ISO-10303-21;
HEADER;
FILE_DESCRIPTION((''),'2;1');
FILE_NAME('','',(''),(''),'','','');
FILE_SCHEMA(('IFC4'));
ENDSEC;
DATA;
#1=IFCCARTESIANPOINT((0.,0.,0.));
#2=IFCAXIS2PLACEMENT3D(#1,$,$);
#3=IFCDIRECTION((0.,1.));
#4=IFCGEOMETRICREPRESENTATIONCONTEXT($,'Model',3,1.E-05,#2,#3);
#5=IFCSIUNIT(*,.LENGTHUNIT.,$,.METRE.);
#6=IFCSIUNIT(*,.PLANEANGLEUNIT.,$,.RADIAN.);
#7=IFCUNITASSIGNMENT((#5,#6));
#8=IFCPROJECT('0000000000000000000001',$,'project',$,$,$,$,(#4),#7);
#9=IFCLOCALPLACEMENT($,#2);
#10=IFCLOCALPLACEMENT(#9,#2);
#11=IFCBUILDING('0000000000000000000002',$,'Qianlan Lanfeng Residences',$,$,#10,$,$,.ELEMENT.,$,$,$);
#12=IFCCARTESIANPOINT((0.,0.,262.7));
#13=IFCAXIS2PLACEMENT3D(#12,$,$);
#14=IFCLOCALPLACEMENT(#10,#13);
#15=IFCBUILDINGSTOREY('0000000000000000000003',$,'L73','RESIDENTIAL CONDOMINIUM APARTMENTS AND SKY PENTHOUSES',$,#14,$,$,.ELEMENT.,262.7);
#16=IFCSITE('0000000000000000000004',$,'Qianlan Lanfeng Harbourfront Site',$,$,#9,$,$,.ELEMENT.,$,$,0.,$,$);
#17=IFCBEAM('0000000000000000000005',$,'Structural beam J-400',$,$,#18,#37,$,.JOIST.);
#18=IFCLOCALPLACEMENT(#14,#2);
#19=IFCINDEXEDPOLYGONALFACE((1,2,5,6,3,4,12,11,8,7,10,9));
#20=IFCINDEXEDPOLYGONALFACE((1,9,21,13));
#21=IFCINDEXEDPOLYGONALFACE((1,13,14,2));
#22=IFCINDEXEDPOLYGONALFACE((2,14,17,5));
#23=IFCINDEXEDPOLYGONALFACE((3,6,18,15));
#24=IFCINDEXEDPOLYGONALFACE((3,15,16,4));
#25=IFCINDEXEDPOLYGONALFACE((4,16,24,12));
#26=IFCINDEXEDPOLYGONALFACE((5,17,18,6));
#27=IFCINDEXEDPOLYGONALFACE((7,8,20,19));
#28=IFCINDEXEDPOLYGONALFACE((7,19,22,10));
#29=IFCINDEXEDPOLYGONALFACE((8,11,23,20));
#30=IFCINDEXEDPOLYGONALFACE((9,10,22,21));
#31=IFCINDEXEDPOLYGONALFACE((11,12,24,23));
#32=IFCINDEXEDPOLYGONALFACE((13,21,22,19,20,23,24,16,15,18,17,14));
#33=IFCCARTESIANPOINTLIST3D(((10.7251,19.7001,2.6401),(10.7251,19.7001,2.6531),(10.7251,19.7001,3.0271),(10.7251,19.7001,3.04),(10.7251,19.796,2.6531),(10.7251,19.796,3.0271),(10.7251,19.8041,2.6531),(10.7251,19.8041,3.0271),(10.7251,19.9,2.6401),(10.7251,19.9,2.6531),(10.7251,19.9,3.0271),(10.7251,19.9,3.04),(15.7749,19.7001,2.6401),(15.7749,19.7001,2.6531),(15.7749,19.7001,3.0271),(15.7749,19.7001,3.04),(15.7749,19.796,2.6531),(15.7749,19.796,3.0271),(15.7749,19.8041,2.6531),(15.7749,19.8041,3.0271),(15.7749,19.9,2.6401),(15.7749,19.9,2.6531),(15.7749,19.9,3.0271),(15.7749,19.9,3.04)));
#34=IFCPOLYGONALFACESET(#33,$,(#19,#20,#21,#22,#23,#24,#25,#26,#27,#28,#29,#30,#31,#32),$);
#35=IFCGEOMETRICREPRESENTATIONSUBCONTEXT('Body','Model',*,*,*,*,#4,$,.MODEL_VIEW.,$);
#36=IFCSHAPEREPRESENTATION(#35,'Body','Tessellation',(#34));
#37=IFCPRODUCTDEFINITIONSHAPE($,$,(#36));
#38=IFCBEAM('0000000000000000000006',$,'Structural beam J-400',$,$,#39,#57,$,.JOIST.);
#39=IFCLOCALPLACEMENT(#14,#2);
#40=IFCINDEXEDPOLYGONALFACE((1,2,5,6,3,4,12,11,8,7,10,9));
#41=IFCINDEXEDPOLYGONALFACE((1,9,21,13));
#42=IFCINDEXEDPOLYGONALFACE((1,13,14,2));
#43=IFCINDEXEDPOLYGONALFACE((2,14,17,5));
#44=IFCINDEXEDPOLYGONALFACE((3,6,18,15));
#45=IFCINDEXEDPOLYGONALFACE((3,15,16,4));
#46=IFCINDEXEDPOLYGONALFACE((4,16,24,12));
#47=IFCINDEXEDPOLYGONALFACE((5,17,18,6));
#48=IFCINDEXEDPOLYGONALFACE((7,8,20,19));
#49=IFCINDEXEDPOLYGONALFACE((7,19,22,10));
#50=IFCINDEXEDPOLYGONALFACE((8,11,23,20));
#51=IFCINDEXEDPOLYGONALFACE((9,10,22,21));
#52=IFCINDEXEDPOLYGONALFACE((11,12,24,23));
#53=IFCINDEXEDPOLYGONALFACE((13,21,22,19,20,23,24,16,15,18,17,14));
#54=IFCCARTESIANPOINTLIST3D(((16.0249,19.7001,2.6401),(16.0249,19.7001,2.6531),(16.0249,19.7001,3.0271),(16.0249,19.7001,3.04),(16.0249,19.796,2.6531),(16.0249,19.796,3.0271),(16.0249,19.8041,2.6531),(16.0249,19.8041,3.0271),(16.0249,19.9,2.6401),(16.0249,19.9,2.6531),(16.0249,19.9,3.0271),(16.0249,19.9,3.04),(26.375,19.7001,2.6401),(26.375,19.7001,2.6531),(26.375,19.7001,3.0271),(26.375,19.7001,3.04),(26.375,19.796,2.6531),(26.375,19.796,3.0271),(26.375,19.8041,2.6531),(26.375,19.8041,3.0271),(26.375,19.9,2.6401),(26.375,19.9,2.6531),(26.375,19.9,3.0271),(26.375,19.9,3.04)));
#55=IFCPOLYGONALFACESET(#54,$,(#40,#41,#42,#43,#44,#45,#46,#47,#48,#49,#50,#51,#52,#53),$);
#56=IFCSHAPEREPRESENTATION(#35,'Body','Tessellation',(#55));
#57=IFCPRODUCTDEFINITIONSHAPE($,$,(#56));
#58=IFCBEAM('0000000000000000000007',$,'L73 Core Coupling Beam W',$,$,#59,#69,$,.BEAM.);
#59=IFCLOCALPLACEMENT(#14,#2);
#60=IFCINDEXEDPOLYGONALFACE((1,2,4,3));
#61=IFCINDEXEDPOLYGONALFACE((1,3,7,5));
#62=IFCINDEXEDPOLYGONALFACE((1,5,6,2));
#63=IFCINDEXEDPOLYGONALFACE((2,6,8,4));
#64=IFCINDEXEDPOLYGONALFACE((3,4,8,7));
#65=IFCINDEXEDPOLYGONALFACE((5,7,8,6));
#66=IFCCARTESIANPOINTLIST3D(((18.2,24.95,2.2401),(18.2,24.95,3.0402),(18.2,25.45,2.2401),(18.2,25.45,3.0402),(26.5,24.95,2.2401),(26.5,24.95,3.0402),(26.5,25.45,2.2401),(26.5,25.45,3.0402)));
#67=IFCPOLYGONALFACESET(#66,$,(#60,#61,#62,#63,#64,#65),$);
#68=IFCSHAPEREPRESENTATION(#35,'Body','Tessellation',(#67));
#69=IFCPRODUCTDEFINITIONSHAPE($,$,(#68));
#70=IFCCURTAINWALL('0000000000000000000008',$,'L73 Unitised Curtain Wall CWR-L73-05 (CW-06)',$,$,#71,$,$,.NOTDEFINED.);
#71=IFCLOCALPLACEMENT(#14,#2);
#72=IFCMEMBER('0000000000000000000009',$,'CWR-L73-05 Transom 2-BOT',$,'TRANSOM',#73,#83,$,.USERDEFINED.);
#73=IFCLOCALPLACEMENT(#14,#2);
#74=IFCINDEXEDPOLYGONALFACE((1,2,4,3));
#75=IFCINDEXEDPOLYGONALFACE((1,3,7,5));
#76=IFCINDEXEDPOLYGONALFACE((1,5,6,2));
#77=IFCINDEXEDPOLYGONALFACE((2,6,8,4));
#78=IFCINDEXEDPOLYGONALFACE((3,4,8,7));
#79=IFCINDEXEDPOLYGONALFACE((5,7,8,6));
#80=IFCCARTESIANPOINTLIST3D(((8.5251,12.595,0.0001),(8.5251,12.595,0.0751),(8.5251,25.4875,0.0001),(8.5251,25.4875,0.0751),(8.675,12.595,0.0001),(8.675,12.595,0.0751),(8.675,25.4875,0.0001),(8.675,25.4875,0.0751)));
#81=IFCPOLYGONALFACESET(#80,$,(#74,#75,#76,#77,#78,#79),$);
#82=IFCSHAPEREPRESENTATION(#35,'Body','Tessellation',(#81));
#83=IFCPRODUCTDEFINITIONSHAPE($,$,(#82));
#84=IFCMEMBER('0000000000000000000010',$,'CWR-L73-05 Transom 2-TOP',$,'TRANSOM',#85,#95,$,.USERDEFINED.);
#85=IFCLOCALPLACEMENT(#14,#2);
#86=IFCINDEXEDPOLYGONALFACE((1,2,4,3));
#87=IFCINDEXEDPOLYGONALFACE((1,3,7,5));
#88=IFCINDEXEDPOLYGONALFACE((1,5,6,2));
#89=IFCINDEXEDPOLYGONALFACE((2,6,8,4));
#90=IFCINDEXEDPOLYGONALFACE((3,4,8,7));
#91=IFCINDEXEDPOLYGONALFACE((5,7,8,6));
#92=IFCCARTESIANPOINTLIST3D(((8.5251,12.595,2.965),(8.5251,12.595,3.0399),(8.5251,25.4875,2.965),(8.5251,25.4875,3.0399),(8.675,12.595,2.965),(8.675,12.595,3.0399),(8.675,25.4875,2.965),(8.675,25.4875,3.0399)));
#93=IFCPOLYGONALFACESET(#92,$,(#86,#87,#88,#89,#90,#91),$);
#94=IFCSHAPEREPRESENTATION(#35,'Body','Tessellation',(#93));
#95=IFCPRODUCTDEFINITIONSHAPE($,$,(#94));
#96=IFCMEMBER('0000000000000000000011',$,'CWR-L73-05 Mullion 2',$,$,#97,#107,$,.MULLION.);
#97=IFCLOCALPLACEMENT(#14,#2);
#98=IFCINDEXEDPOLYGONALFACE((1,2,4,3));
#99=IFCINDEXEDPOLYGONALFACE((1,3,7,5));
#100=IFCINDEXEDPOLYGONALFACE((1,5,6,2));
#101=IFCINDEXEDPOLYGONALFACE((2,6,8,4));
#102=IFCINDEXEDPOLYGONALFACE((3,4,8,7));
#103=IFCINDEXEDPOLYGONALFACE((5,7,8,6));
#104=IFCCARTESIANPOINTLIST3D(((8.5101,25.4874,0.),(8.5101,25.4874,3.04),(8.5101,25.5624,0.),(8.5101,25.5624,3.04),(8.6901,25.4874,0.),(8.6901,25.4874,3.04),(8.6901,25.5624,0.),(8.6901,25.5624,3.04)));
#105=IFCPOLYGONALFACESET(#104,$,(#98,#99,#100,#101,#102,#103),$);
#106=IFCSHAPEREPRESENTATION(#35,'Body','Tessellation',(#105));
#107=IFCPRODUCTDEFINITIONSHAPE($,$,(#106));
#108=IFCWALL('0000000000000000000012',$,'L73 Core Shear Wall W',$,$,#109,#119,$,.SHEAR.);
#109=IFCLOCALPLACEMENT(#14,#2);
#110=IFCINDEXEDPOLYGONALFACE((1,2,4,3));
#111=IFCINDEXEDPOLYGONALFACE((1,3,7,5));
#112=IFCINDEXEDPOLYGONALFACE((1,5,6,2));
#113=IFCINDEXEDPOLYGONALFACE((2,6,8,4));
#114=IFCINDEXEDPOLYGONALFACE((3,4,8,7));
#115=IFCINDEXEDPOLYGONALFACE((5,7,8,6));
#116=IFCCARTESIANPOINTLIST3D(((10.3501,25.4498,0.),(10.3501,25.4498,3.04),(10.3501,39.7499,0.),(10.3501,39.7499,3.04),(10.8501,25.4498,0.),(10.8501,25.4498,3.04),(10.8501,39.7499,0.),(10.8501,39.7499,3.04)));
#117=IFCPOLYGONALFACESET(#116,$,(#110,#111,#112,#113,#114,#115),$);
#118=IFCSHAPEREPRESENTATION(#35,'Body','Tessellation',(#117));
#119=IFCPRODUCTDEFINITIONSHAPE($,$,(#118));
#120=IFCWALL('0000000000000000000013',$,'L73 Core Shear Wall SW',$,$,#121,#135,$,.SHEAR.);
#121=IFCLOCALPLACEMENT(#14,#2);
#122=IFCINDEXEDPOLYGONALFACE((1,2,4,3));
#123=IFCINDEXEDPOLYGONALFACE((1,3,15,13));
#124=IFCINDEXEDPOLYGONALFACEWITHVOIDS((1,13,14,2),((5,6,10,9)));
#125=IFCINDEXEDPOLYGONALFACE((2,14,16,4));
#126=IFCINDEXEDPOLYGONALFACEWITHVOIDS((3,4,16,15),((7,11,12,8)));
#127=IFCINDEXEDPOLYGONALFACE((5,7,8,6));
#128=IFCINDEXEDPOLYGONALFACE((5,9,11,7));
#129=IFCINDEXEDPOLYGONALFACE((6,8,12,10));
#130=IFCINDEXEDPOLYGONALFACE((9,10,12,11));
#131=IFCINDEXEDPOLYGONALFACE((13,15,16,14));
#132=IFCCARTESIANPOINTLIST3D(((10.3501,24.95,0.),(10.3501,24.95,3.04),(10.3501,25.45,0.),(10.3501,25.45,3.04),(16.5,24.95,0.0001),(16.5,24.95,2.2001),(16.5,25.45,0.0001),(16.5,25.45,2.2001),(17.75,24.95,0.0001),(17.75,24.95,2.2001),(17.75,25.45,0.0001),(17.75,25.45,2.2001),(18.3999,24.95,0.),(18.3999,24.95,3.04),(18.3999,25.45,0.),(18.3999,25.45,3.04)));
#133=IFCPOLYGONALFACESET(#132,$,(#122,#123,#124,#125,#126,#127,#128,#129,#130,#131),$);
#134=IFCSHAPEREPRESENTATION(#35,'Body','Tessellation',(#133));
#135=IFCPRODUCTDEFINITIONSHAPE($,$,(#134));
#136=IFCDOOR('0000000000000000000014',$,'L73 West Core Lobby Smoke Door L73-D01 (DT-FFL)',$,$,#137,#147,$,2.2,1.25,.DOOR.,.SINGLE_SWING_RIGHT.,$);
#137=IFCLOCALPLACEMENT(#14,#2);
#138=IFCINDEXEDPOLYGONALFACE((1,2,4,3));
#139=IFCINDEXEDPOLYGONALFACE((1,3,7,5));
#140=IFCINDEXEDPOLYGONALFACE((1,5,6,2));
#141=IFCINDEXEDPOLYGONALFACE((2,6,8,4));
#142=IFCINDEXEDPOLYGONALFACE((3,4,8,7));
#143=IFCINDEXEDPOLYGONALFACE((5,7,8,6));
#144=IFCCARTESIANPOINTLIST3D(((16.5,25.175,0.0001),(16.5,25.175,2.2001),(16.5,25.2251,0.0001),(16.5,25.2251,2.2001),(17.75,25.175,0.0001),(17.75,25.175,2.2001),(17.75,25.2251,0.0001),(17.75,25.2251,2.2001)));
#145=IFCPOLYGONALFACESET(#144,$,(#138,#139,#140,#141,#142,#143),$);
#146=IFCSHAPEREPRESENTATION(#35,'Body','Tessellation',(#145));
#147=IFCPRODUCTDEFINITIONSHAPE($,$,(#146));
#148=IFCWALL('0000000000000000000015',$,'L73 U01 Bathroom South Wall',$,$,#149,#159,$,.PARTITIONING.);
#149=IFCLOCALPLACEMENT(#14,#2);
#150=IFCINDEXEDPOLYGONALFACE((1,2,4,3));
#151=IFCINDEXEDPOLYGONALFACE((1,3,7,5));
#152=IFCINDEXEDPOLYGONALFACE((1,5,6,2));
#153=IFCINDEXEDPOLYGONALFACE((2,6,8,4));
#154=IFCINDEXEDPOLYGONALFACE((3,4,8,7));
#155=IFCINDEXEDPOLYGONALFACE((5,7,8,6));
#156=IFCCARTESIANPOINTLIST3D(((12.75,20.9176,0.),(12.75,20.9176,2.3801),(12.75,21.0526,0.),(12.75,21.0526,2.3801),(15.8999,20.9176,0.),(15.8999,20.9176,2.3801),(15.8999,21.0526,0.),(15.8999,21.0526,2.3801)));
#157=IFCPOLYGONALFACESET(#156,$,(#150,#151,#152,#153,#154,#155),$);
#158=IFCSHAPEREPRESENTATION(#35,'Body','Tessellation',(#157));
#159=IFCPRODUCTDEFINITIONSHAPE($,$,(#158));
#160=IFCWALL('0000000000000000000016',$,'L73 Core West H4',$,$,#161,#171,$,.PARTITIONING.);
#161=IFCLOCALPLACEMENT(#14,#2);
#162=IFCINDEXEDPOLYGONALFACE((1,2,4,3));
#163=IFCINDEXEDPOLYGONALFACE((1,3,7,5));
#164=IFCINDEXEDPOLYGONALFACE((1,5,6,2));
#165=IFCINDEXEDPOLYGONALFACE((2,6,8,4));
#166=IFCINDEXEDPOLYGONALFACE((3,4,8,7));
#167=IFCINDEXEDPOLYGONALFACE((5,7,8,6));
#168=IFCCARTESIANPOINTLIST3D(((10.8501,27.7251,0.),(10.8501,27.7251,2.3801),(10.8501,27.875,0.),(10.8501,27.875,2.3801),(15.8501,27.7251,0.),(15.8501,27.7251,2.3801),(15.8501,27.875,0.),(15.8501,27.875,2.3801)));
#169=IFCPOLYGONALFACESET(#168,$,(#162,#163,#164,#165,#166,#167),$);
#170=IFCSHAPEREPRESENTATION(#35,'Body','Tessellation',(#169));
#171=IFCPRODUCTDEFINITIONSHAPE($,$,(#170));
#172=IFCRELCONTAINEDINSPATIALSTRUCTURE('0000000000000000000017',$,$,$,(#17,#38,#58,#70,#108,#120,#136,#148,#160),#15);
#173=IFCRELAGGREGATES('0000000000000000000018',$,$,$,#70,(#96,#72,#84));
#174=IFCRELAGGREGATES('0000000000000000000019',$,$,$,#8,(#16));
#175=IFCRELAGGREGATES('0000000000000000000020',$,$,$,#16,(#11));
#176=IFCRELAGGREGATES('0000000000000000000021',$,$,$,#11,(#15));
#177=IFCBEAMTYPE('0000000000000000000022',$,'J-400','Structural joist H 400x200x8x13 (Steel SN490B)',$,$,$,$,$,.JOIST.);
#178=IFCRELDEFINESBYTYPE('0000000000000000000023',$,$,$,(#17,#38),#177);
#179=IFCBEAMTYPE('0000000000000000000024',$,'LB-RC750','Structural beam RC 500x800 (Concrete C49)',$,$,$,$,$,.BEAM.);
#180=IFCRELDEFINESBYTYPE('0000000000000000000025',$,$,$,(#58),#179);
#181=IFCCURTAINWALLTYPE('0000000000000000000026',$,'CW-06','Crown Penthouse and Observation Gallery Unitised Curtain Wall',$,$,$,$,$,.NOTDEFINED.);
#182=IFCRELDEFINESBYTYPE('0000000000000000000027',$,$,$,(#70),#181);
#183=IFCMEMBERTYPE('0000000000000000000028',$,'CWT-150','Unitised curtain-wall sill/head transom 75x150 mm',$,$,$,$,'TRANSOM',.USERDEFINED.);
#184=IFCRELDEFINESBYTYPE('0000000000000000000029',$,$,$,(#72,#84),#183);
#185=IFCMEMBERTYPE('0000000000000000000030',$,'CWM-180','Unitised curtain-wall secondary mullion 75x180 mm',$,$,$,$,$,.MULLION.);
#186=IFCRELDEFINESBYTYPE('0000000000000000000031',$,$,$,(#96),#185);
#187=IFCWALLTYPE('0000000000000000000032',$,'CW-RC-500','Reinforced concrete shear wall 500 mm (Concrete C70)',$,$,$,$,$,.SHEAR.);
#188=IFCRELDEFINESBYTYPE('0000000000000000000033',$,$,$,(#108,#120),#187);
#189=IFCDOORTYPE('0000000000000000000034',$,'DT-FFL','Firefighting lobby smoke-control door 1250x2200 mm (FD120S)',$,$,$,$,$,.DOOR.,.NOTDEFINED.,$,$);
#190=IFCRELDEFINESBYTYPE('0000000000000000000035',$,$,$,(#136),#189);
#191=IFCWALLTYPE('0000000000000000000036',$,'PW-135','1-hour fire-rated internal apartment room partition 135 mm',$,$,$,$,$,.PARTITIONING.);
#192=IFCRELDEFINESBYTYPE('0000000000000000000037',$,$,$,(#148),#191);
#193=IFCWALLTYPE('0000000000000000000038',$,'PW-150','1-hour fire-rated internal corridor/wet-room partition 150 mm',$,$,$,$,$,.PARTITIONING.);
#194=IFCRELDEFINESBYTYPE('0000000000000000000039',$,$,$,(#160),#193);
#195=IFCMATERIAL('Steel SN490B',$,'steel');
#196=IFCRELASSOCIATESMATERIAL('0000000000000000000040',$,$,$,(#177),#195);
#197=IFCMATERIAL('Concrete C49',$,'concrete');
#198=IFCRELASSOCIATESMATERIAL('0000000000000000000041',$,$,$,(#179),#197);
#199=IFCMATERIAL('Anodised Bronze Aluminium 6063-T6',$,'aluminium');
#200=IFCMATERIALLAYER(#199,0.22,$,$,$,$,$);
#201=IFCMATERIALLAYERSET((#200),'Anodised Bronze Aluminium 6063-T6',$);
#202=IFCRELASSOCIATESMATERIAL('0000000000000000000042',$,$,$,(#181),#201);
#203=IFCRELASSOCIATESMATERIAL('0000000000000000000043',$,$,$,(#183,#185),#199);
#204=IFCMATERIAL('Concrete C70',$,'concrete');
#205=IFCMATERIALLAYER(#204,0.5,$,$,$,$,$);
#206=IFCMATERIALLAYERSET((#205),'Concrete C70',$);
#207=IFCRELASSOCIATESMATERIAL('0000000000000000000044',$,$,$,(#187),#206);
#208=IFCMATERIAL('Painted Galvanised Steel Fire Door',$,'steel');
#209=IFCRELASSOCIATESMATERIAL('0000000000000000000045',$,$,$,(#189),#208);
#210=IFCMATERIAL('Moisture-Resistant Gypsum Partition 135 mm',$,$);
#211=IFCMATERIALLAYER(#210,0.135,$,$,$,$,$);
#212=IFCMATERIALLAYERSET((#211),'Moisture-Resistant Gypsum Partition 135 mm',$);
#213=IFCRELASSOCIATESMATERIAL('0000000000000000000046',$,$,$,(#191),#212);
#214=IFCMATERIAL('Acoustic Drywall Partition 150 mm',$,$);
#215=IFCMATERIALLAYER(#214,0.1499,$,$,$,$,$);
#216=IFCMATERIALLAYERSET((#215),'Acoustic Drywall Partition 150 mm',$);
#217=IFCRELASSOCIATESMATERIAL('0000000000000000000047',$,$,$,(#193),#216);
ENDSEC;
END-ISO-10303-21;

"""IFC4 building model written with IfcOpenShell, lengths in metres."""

from ifc_helpers import new_model, si_unit, direction, frame, frame_2d, origin, origin_2d, place, context, subcontext, project, spatial, rectangle, i_section, extrude, source, transform, mapped, material, layer, layer_set, material_profile, profile_set, type_object, element, fill, aggregate, save


model = new_model("IFC4")

# Units and contexts
model_context = context("Model", 3, precision=1e-05, world=origin(), true_north=direction((0.0, 1.0)))
body_context = subcontext(model_context, "Body", "Model", "MODEL_VIEW")
ifc_project = project(units=[si_unit("LENGTHUNIT", "METRE"), si_unit("PLANEANGLEUNIT", "RADIAN")], contexts=[model_context])

# Site, building, storey
site_placement = place(None, origin())
site = spatial("IfcSite", under=ifc_project, at=site_placement, Name="Qianlan Lanfeng Harbourfront Site", CompositionType="ELEMENT", RefElevation=0.0)
building_placement = place(site_placement, origin())
building = spatial("IfcBuilding", under=site, at=building_placement, Name="Qianlan Lanfeng Residences", CompositionType="ELEMENT")
storey_placement = place(building_placement, frame((0.0, 0.0, 262.7)))
storey = spatial("IfcBuildingStorey", under=building, at=storey_placement, Name="L73", Description="RESIDENTIAL CONDOMINIUM APARTMENTS AND SKY PENTHOUSES", CompositionType="ELEMENT", Elevation=262.7)

# Beams
ifc_material_1 = material(Name="Steel SN490B", Category="steel")
ifc_material_profile_1 = material_profile(ifc_material_1, i_section(OverallWidth=0.2, OverallDepth=0.3999, WebThickness=0.0081, FlangeThickness=0.0129, at=origin_2d()), Name="H 400x200x8x13")
ifc_profile_set_1 = profile_set([ifc_material_profile_1], Name="Steel SN490B")
beam_type_1 = type_object("IfcBeamType", Name="J-400", Description="Structural joist H 400x200x8x13 (Steel SN490B)", PredefinedType="JOIST", material=ifc_profile_set_1)
beam_1_placement = place(storey_placement, frame((10.7251, 19.8, 2.8401), z_axis=(1.0, 0.0, 0.0), x_axis=(0.0, 1.0, 0.0)))
element("IfcBeam", 1, at=beam_1_placement, inside=storey, type_object=beam_type_1, Name="Structural beam J-400", PredefinedType="JOIST", context=body_context, shape_type="SweptSolid", body=[
    extrude(i_section(OverallWidth=0.2, OverallDepth=0.3999, WebThickness=0.0081, FlangeThickness=0.0129, at=origin_2d()), origin(), (0.0, 0.0, 1.0), 5.0498),
])
beam_2_placement = place(storey_placement, frame((16.0249, 19.8, 2.8401), z_axis=(1.0, 0.0, 0.0), x_axis=(0.0, 1.0, 0.0)))
element("IfcBeam", 2, at=beam_2_placement, inside=storey, type_object=beam_type_1, Name="Structural beam J-400", PredefinedType="JOIST", context=body_context, shape_type="SweptSolid", body=[
    extrude(i_section(OverallWidth=0.2, OverallDepth=0.3999, WebThickness=0.0081, FlangeThickness=0.0129, at=origin_2d()), origin(), (0.0, 0.0, 1.0), 10.3501),
])
ifc_material_2 = material(Name="Concrete C49", Category="concrete")
ifc_material_profile_2 = material_profile(ifc_material_2, rectangle(XDim=0.5, YDim=0.8, at=origin_2d()), Name="RC 500x800")
ifc_profile_set_2 = profile_set([ifc_material_profile_2], Name="Concrete C49")
beam_type_2 = type_object("IfcBeamType", Name="LB-RC750", Description="Structural beam RC 500x800 (Concrete C49)", PredefinedType="BEAM", material=ifc_profile_set_2)
beam_3_placement = place(storey_placement, frame((18.2, 25.2, 2.6401), z_axis=(1.0, 0.0, 0.0), x_axis=(0.0, 1.0, 0.0)))
element("IfcBeam", 3, at=beam_3_placement, inside=storey, type_object=beam_type_2, Name="L73 Core Coupling Beam W", PredefinedType="BEAM", context=body_context, shape_type="SweptSolid", body=[
    extrude(rectangle(XDim=0.5, YDim=0.8, at=origin_2d()), origin(), (0.0, 0.0, 1.0), 8.3),
])

# Curtain wall, members
ifc_material_3 = material(Name="Anodised Bronze Aluminium 6063-T6", Category="aluminium")
ifc_layer_1 = layer(ifc_material_3, 0.22)
ifc_layer_set_1 = layer_set([ifc_layer_1], Name="Anodised Bronze Aluminium 6063-T6")
curtain_wall_type = type_object("IfcCurtainWallType", Name="CW-06", Description="Crown Penthouse and Observation Gallery Unitised Curtain Wall", PredefinedType="NOTDEFINED", material=ifc_layer_set_1)
curtain_wall_placement = place(storey_placement, origin())
curtain_wall = element("IfcCurtainWall", 4, at=curtain_wall_placement, inside=storey, type_object=curtain_wall_type, Name="L73 Unitised Curtain Wall CWR-L73-05 (CW-06)", PredefinedType="NOTDEFINED")
ifc_material_profile_3 = material_profile(ifc_material_3, rectangle(XDim=0.075, YDim=0.1499, at=origin_2d()), Name="ALU TRANSOM 75x150")
ifc_profile_set_3 = profile_set([ifc_material_profile_3], Name="Anodised Bronze Aluminium 6063-T6")
member_type_1 = type_object("IfcMemberType", Name="CWT-150", Description="Unitised curtain-wall sill/head transom 75x150 mm", ElementType="TRANSOM", PredefinedType="USERDEFINED", material=ifc_profile_set_3)
shared_shape_1 = source(origin(), body_context, "Body", "SweptSolid", [
    extrude(rectangle(XDim=0.075, YDim=0.1499, at=origin_2d()), origin(), (0.0, 0.0, 1.0), 12.8926),
])
member_1_placement = place(storey_placement, frame((8.6001, 25.4875, 0.0376), z_axis=(0.0, -1.0, 0.0), x_axis=(0.0, 0.0, 1.0)))
member_1 = element("IfcMember", 5, at=member_1_placement, type_object=member_type_1, Name="CWR-L73-05 Transom 2-BOT", ObjectType="TRANSOM", PredefinedType="USERDEFINED", context=body_context, shape_type="MappedRepresentation", body=[
    mapped(shared_shape_1, transform((0.0, 0.0, 0.0), scale=1.0)),
])
member_2_placement = place(storey_placement, frame((8.6001, 25.4875, 3.0024), z_axis=(0.0, -1.0, 0.0), x_axis=(0.0, 0.0, 1.0)))
member_2 = element("IfcMember", 6, at=member_2_placement, type_object=member_type_1, Name="CWR-L73-05 Transom 2-TOP", ObjectType="TRANSOM", PredefinedType="USERDEFINED", context=body_context, shape_type="MappedRepresentation", body=[
    mapped(shared_shape_1, transform((0.0, 0.0, 0.0), scale=1.0)),
])
ifc_material_profile_4 = material_profile(ifc_material_3, rectangle(XDim=0.075, YDim=0.1799, at=origin_2d()), Name="ALU MULLION 75x180")
ifc_profile_set_4 = profile_set([ifc_material_profile_4], Name="Anodised Bronze Aluminium 6063-T6")
member_type_2 = type_object("IfcMemberType", Name="CWM-180", Description="Unitised curtain-wall secondary mullion 75x180 mm", PredefinedType="MULLION", material=ifc_profile_set_4)
shared_shape_2 = source(origin(), body_context, "Body", "SweptSolid", [
    extrude(rectangle(XDim=0.075, YDim=0.1799, at=origin_2d()), origin(), (0.0, 0.0, 1.0), 3.04),
])
member_3_placement = place(storey_placement, frame((8.6001, 25.5249, 0.0), z_axis=(0.0, 0.0, 1.0), x_axis=(0.0, -1.0, 0.0)))
member_3 = element("IfcMember", 7, at=member_3_placement, type_object=member_type_2, Name="CWR-L73-05 Mullion 2", PredefinedType="MULLION", context=body_context, shape_type="MappedRepresentation", body=[
    mapped(shared_shape_2, transform((0.0, 0.0, 0.0), scale=1.0)),
])
aggregate(curtain_wall, [member_3, member_1, member_2])

# Wall
ifc_material_4 = material(Name="Concrete C70", Category="concrete")
ifc_layer_2 = layer(ifc_material_4, 0.5)
ifc_layer_set_2 = layer_set([ifc_layer_2], Name="Concrete C70")
wall_type_1 = type_object("IfcWallType", Name="CW-RC-500", Description="Reinforced concrete shear wall 500 mm (Concrete C70)", PredefinedType="SHEAR", material=ifc_layer_set_2)
wall_1_placement = place(storey_placement, frame((10.6001, 25.45, 0.0), z_axis=(0.0, 0.0, 1.0), x_axis=(0.0, 1.0, 0.0)))
element("IfcWall", 8, at=wall_1_placement, inside=storey, type_object=wall_type_1, Name="L73 Core Shear Wall W", PredefinedType="SHEAR", context=body_context, shape_type="SweptSolid", body=[
    extrude(rectangle(XDim=14.3, YDim=0.5, at=frame_2d((7.1499, 0.0))), origin(), (0.0, 0.0, 1.0), 3.04),
])

# Wall, opening, door
wall_2_placement = place(storey_placement, frame((10.3501, 25.2, 0.0), z_axis=(0.0, 0.0, 1.0), x_axis=(1.0, 0.0, 0.0)))
wall_2 = element("IfcWall", 9, at=wall_2_placement, inside=storey, type_object=wall_type_1, Name="L73 Core Shear Wall SW", PredefinedType="SHEAR", context=body_context, shape_type="SweptSolid", body=[
    extrude(rectangle(XDim=8.0498, YDim=0.5, at=frame_2d((4.0249, 0.0))), origin(), (0.0, 0.0, 1.0), 3.04),
])
opening_1_placement = place(wall_2_placement, frame((6.1499, 0.0, 0.0)))
opening_1 = element("IfcOpeningElement", 10, at=opening_1_placement, cuts=wall_2, PredefinedType="OPENING", context=body_context, shape_type="SweptSolid", body=[
    extrude(rectangle(XDim=1.25, YDim=2.2, at=frame_2d((0.625, 1.1001))), frame((0.0, 0.26, 0.0), z_axis=(0.0, -1.0, 0.0), x_axis=(1.0, 0.0, 0.0)), (0.0, 0.0, 1.0), 0.52),
])
ifc_material_5 = material(Name="Painted Galvanised Steel Fire Door", Category="steel")
door_type_1 = type_object("IfcDoorType", Name="DT-FFL", Description="Firefighting lobby smoke-control door 1250x2200 mm (FD120S)", OperationType="NOTDEFINED", PredefinedType="DOOR", material=ifc_material_5)
door_1_placement = place(opening_1_placement, frame((1.25, 0.0, 0.0), z_axis=(0.0, 0.0, 1.0), x_axis=(-1.0, 0.0, 0.0)))
door_1 = element("IfcDoor", 11, at=door_1_placement, inside=storey, type_object=door_type_1, Name="L73 West Core Lobby Smoke Door L73-D01 (DT-FFL)", OperationType="SINGLE_SWING_RIGHT", OverallHeight=2.2, OverallWidth=1.25, PredefinedType="DOOR", context=body_context, shape_type="SweptSolid", body=[
    extrude(rectangle(XDim=1.25, YDim=2.2, at=frame_2d((0.625, 1.1001))), frame((0.0, 0.0249, 0.0), z_axis=(0.0, -1.0, 0.0), x_axis=(1.0, 0.0, 0.0)), (0.0, 0.0, 1.0), 0.05),
])
fill(opening_1, door_1)

# Walls
ifc_material_6 = material(Name="Moisture-Resistant Gypsum Partition 135 mm")
ifc_layer_3 = layer(ifc_material_6, 0.135)
ifc_layer_set_3 = layer_set([ifc_layer_3], Name="Moisture-Resistant Gypsum Partition 135 mm")
wall_type_2 = type_object("IfcWallType", Name="PW-135", Description="1-hour fire-rated internal apartment room partition 135 mm", PredefinedType="PARTITIONING", material=ifc_layer_set_3)
wall_3_placement = place(storey_placement, frame((12.75, 20.9851, 0.0), z_axis=(0.0, 0.0, 1.0), x_axis=(1.0, 0.0, 0.0)))
element("IfcWall", 12, at=wall_3_placement, inside=storey, type_object=wall_type_2, Name="L73 U01 Bathroom South Wall", PredefinedType="PARTITIONING", context=body_context, shape_type="SweptSolid", body=[
    extrude(rectangle(XDim=3.1499, YDim=0.135, at=frame_2d((1.575, 0.0))), origin(), (0.0, 0.0, 1.0), 2.3801),
])
ifc_material_7 = material(Name="Acoustic Drywall Partition 150 mm")
ifc_layer_4 = layer(ifc_material_7, 0.1499)
ifc_layer_set_4 = layer_set([ifc_layer_4], Name="Acoustic Drywall Partition 150 mm")
wall_type_3 = type_object("IfcWallType", Name="PW-150", Description="1-hour fire-rated internal corridor/wet-room partition 150 mm", PredefinedType="PARTITIONING", material=ifc_layer_set_4)
wall_4_placement = place(storey_placement, frame((10.8501, 27.8, 0.0), z_axis=(0.0, 0.0, 1.0), x_axis=(1.0, 0.0, 0.0)))
element("IfcWall", 13, at=wall_4_placement, inside=storey, type_object=wall_type_3, Name="L73 Core West H4", PredefinedType="PARTITIONING", context=body_context, shape_type="SweptSolid", body=[
    extrude(rectangle(XDim=5.0, YDim=0.1499, at=frame_2d((2.5, 0.0))), origin(), (0.0, 0.0, 1.0), 2.3801),
])

save(model, "model.ifc")
